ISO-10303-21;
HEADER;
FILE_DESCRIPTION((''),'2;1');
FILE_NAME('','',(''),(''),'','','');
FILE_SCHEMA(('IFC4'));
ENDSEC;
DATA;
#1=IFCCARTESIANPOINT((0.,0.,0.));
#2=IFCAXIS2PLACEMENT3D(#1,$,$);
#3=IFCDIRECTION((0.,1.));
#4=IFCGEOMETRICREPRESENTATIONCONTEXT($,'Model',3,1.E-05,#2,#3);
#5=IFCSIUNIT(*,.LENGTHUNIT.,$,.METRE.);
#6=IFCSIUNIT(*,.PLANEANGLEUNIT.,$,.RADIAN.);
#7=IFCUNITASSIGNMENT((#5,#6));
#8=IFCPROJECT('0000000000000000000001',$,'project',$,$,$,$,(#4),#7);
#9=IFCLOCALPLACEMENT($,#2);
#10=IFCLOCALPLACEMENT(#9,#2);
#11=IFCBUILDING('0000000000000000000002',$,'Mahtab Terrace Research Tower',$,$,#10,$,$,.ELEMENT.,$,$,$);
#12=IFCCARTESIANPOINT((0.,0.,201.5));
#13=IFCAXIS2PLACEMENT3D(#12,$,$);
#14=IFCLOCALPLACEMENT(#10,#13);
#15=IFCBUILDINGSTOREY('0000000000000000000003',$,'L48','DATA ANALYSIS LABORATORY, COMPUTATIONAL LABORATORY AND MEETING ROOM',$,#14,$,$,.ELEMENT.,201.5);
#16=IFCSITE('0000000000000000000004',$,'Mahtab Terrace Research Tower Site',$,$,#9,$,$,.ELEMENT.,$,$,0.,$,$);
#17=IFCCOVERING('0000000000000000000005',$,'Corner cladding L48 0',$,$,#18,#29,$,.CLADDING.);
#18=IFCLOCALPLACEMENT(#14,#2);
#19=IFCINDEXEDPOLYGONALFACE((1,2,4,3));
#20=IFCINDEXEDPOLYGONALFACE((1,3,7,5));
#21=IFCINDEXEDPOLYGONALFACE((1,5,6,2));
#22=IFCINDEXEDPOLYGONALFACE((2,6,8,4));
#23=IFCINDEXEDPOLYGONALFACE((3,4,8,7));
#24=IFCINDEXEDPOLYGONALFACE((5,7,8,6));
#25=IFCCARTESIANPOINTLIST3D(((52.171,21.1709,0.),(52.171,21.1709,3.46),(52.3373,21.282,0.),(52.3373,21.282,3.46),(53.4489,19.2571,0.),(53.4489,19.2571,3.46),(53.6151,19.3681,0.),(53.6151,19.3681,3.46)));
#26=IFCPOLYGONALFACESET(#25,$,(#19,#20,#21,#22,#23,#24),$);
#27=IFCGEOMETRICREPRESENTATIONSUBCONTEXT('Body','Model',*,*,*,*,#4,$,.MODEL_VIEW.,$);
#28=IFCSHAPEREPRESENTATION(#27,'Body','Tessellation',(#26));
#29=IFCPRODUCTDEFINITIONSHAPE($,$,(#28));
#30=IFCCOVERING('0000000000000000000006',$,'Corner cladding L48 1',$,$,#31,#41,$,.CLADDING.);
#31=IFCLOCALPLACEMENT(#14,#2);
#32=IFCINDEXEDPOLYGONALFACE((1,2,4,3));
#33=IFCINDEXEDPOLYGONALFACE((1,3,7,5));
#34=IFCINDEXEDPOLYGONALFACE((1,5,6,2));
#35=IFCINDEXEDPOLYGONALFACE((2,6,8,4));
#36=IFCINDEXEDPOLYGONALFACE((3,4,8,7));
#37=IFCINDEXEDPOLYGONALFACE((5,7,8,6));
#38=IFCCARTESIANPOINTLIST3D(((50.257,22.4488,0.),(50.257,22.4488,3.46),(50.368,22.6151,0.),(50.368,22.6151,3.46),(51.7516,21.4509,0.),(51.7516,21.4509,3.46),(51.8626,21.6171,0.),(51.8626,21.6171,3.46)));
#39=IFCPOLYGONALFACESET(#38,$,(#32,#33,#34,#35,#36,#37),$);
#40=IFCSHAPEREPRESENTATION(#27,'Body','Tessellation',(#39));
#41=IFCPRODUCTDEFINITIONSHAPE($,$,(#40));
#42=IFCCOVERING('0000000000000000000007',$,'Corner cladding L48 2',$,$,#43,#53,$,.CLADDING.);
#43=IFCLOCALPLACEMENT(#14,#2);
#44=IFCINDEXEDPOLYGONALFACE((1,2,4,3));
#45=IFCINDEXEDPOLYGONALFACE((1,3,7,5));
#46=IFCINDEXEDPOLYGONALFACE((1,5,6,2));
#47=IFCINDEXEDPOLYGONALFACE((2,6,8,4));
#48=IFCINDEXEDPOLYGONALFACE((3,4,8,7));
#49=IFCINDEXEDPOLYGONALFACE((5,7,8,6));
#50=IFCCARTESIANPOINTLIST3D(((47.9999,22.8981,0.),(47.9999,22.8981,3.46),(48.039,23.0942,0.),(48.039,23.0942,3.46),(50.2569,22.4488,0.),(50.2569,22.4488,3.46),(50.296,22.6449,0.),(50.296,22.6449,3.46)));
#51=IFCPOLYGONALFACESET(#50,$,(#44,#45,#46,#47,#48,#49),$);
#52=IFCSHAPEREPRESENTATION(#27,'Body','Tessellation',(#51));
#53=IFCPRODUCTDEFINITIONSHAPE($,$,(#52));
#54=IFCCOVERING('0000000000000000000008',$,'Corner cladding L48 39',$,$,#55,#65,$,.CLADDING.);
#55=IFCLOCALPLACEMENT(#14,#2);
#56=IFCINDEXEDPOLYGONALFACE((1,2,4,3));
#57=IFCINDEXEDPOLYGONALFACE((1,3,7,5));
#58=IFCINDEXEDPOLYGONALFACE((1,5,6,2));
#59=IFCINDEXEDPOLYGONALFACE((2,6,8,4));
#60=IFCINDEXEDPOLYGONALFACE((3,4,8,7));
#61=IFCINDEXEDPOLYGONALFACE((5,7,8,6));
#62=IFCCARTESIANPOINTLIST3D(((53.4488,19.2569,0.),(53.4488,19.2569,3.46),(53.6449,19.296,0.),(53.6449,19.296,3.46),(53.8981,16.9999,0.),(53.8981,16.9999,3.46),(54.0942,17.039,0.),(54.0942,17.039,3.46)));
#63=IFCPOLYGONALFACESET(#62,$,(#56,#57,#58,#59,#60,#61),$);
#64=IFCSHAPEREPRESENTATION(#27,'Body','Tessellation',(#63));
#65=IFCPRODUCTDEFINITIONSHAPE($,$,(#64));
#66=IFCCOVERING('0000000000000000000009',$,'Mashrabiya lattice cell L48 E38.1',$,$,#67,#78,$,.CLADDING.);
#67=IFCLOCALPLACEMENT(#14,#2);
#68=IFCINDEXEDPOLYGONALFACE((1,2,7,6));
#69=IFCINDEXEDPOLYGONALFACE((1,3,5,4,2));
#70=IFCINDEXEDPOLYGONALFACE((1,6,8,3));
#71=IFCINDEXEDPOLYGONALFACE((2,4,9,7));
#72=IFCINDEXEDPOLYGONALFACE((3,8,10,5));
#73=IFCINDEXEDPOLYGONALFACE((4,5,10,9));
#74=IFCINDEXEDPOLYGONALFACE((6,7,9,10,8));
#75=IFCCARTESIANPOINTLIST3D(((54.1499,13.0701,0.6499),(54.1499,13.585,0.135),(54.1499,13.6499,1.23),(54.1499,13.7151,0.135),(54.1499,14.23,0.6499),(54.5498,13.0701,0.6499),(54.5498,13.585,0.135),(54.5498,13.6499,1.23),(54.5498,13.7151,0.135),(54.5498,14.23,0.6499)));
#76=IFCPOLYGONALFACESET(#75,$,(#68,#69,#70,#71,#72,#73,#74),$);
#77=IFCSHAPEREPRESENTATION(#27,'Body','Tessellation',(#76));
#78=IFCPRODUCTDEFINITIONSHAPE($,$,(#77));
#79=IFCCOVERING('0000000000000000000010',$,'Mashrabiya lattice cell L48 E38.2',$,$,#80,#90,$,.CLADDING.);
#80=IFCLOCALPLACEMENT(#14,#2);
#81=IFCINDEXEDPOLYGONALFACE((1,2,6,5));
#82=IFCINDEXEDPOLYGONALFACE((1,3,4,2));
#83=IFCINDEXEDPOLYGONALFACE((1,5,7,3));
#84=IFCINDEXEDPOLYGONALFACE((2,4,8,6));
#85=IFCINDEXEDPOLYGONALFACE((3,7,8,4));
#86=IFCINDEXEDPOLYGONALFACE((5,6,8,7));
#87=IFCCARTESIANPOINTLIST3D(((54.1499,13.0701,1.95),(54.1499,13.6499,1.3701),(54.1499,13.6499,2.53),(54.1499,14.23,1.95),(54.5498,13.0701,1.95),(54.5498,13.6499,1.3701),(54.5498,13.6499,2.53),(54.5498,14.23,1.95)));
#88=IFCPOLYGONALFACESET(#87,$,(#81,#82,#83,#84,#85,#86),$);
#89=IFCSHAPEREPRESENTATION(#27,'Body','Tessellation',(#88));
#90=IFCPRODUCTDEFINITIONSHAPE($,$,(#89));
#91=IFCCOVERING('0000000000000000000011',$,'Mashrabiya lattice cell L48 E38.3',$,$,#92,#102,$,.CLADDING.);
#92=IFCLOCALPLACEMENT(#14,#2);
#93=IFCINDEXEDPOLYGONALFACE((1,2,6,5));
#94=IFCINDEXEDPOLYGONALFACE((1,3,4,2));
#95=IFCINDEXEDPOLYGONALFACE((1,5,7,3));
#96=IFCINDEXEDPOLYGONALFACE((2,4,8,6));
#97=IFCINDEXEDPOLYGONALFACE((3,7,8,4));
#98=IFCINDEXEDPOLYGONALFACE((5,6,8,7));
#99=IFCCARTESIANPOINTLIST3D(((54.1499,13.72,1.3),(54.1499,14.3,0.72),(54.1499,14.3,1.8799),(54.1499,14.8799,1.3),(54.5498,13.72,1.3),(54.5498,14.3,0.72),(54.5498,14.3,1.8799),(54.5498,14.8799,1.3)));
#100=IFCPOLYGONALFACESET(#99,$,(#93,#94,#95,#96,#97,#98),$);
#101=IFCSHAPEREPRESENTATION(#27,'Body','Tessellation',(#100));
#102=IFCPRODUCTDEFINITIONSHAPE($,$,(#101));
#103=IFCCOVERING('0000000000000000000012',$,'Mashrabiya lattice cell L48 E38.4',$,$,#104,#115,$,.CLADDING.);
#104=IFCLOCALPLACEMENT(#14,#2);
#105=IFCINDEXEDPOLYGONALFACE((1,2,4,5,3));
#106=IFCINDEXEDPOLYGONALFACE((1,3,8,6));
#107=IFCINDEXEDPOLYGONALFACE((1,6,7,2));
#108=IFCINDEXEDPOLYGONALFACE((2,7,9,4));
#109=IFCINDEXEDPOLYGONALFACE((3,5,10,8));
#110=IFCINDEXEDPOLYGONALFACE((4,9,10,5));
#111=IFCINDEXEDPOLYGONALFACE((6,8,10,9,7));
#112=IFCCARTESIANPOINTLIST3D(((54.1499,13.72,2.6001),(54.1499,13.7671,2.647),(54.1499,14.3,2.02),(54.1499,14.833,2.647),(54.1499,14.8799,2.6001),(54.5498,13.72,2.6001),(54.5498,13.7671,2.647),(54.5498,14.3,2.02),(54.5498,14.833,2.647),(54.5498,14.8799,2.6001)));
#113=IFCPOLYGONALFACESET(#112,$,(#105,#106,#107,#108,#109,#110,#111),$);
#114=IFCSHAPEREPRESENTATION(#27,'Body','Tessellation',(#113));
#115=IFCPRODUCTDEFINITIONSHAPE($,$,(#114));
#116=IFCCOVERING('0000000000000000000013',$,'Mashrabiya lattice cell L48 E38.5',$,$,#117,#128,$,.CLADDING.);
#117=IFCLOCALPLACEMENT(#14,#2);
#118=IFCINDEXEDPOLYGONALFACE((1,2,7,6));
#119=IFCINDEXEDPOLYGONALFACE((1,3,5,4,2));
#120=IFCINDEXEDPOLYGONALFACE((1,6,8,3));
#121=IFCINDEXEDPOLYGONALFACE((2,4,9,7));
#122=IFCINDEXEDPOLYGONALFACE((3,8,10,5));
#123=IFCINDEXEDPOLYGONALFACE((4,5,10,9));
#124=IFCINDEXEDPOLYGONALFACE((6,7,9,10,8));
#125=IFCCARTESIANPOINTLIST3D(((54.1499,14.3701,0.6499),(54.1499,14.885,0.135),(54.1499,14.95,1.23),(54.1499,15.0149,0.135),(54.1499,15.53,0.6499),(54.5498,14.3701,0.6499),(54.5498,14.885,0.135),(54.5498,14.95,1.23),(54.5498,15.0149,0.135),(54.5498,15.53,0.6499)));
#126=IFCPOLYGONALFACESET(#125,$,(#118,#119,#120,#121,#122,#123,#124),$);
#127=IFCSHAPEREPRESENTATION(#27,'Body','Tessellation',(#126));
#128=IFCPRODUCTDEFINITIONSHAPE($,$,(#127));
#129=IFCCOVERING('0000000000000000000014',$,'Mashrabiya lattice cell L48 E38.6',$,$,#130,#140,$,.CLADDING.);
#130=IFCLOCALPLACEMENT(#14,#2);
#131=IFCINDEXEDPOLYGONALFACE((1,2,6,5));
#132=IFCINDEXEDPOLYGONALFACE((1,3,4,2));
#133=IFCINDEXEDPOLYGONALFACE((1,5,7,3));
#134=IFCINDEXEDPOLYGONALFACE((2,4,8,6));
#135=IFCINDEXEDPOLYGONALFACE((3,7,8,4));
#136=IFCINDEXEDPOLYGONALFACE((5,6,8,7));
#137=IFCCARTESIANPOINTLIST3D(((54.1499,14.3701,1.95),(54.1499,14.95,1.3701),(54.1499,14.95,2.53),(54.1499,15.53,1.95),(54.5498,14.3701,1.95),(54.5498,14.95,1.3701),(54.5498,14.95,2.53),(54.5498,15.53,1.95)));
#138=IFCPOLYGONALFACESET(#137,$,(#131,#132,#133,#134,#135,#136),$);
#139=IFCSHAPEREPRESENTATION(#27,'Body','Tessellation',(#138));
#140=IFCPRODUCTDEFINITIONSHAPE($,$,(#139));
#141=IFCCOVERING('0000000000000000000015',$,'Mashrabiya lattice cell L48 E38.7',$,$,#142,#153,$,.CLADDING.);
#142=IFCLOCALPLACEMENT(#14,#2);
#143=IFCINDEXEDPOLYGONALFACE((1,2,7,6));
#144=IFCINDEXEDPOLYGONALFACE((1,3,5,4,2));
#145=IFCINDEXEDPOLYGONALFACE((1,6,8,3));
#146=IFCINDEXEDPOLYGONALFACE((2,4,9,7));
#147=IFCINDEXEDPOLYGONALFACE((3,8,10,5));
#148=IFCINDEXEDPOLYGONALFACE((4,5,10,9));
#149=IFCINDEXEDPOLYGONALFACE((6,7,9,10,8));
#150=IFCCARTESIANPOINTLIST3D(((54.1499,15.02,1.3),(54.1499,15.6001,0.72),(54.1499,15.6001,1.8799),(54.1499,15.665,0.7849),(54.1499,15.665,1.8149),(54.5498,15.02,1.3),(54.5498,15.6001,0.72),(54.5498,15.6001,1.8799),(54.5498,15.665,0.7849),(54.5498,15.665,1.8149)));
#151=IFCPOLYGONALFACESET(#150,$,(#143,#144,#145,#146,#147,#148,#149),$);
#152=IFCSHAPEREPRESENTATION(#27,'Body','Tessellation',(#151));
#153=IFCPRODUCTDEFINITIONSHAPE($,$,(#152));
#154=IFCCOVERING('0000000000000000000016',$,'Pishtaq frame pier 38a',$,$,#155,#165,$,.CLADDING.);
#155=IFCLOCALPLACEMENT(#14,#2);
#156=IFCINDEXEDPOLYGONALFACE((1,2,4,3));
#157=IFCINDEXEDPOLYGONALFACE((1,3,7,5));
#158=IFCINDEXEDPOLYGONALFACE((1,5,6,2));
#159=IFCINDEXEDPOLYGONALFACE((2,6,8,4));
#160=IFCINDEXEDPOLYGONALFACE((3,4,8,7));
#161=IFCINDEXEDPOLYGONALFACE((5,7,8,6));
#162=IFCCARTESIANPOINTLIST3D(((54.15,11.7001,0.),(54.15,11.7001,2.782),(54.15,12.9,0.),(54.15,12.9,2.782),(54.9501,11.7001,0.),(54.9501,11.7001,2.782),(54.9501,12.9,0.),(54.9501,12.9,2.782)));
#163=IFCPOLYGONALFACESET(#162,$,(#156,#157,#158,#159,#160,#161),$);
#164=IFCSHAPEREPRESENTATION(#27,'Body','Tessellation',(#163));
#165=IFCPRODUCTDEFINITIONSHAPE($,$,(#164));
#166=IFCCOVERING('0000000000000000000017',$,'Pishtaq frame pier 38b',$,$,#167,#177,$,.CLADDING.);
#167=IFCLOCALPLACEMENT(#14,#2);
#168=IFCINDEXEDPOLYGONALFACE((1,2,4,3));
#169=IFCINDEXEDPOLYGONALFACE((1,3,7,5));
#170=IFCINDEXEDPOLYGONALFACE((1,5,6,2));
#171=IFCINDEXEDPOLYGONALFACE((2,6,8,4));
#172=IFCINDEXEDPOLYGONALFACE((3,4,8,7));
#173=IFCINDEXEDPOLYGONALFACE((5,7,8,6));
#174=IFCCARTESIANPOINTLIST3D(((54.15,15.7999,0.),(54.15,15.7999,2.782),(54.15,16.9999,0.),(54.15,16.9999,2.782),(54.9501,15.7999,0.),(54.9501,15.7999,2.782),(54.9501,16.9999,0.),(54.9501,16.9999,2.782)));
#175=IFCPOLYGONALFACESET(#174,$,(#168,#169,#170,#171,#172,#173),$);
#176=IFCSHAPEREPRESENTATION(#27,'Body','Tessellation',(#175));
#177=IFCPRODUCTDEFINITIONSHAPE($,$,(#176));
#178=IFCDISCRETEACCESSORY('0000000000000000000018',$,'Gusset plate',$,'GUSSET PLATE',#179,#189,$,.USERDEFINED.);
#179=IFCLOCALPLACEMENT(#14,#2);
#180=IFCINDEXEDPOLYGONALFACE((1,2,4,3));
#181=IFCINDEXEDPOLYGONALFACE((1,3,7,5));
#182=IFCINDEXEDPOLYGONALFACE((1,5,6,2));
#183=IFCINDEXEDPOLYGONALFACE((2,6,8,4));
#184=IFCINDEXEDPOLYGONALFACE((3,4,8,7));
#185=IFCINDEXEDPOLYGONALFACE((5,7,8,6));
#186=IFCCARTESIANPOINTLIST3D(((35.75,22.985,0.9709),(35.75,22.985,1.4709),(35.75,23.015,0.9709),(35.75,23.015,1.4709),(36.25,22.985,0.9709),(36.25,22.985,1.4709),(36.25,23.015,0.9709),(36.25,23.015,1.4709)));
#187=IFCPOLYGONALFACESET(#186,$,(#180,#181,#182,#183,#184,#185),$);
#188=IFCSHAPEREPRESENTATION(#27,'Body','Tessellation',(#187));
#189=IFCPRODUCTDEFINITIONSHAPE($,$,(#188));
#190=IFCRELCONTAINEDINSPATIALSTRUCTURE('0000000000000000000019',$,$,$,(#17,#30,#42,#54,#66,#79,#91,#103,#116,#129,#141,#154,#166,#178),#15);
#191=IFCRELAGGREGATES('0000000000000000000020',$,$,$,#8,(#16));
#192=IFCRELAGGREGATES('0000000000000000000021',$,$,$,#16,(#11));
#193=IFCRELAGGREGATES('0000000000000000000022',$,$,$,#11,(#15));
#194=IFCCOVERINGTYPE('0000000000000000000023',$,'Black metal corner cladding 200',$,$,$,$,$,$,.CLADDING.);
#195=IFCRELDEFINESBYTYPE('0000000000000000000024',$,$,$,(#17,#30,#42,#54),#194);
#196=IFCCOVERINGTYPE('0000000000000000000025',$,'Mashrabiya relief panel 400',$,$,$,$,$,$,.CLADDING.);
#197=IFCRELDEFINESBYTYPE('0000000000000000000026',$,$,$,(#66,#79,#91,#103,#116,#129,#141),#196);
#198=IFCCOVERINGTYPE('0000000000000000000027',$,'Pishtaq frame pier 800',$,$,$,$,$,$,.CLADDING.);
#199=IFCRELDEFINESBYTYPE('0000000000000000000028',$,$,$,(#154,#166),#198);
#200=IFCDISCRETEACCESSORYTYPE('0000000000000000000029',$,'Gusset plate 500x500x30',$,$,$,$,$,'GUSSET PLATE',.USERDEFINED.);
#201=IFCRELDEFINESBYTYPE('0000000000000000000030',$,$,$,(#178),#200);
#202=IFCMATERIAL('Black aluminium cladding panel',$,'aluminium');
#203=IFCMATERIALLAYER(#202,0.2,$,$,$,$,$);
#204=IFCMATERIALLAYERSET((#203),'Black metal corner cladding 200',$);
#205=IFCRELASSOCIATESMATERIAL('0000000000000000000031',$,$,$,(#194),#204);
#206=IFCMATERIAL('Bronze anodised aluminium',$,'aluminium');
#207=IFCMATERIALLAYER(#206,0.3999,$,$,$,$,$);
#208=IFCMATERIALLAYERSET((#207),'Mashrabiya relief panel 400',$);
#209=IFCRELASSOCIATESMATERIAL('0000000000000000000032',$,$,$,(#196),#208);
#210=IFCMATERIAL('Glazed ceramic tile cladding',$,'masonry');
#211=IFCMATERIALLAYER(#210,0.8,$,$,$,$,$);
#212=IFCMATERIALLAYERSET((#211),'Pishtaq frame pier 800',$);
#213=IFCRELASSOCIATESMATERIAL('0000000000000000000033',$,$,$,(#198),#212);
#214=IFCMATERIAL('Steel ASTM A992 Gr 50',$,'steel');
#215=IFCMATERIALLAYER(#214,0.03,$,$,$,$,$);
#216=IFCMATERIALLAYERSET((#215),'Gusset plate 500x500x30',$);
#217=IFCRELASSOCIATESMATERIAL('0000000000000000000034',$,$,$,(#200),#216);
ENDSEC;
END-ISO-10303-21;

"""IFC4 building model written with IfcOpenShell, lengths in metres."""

from ifc_helpers import new_model, si_unit, direction, frame, origin, origin_2d, place, context, subcontext, project, spatial, polyline, rectangle, outline, extrude, material, layer, layer_set, type_object, element, save


model = new_model("IFC4")

# Units and contexts
model_context = context("Model", 3, precision=1e-05, world=origin(), true_north=direction((0.0, 1.0)))
body_context = subcontext(model_context, "Body", "Model", "MODEL_VIEW")
ifc_project = project(units=[si_unit("LENGTHUNIT", "METRE"), si_unit("PLANEANGLEUNIT", "RADIAN")], contexts=[model_context])

# Site, building, storey
site_placement = place(None, origin())
site = spatial("IfcSite", under=ifc_project, at=site_placement, Name="Mahtab Terrace Research Tower Site", CompositionType="ELEMENT", RefElevation=0.0)
building_placement = place(site_placement, origin())
building = spatial("IfcBuilding", under=site, at=building_placement, Name="Mahtab Terrace Research Tower", CompositionType="ELEMENT")
storey_placement = place(building_placement, frame((0.0, 0.0, 201.5)))
storey = spatial("IfcBuildingStorey", under=building, at=storey_placement, Name="L48", Description="DATA ANALYSIS LABORATORY, COMPUTATIONAL LABORATORY AND MEETING ROOM", CompositionType="ELEMENT", Elevation=201.5)

# Shared definitions
ifc_material_1 = material(Name="Steel ASTM A992 Gr 50", Category="steel")

# Shared definitions
ifc_material_2 = material(Name="Black aluminium cladding panel", Category="aluminium")

# Coverings
ifc_layer_1 = layer(ifc_material_2, 0.2)
ifc_layer_set_1 = layer_set([ifc_layer_1], Name="Black metal corner cladding 200")
covering_type_1 = type_object("IfcCoveringType", Name="Black metal corner cladding 200", PredefinedType="CLADDING", material=ifc_layer_set_1)
covering_1_placement = place(storey_placement, frame((52.8931, 20.2695, 0.0), z_axis=(0.0, 0.0, 1.0), x_axis=(-0.555291, 0.831656, 0.0)))
element("IfcCovering", 1, at=covering_1_placement, inside=storey, type_object=covering_type_1, Name="Corner cladding L48 0", PredefinedType="CLADDING", context=body_context, shape_type="SweptSolid", body=[
    extrude(rectangle(XDim=2.3013, YDim=0.2, at=origin_2d()), origin(), (0.0, 0.0, 1.0), 3.46),
])
covering_2_placement = place(storey_placement, frame((51.0598, 22.033, 0.0), z_axis=(0.0, 0.0, 1.0), x_axis=(-0.831656, 0.555291, 0.0)))
element("IfcCovering", 2, at=covering_2_placement, inside=storey, type_object=covering_type_1, Name="Corner cladding L48 1", PredefinedType="CLADDING", context=body_context, shape_type="SweptSolid", body=[
    extrude(rectangle(XDim=1.7971, YDim=0.2, at=origin_2d()), origin(), (0.0, 0.0, 1.0), 3.46),
])
for number, where, z_axis, x_axis, name in (
    (3, (49.1479, 22.7715, 0.0), (0.0, 0.0, 1.0), (-0.980761, 0.195212, 0.0), "Corner cladding L48 2"),
    (4, (53.7715, 18.1479, 0.0), (0.0, 0.0, 1.0), (-0.195212, 0.980761, 0.0), "Corner cladding L48 39"),
):
    element("IfcCovering", number, at=place(storey_placement, frame(where, z_axis=z_axis, x_axis=x_axis)), inside=storey, type_object=covering_type_1, Name=name, PredefinedType="CLADDING", context=body_context, shape_type="SweptSolid", body=[
        extrude(rectangle(XDim=2.3013, YDim=0.2, at=origin_2d()), origin(), (0.0, 0.0, 1.0), 3.46),
    ])
ifc_material_3 = material(Name="Bronze anodised aluminium", Category="aluminium")
ifc_layer_2 = layer(ifc_material_3, 0.3999)
ifc_layer_set_2 = layer_set([ifc_layer_2], Name="Mashrabiya relief panel 400")
covering_type_2 = type_object("IfcCoveringType", Name="Mashrabiya relief panel 400", PredefinedType="CLADDING", material=ifc_layer_set_2)
covering_3_placement = place(storey_placement, frame((54.1499, 13.0701, 0.6499), z_axis=(-1.0, 0.0, 0.0), x_axis=(0.0, 0.706958, 0.707256)))
element("IfcCovering", 5, at=covering_3_placement, inside=storey, type_object=covering_type_2, Name="Mashrabiya lattice cell L48 E38.1", PredefinedType="CLADDING", context=body_context, shape_type="SweptSolid", body=[
    extrude(outline(polyline([(0.0, 0.0), (0.8202, 0.0), (0.82, 0.8204), (0.0918, 0.8202), (-0.0002, 0.7282), (0.0, 0.0)])), origin(), (0.0, 0.0, -1.0), 0.3999),
])
covering_4_placement = place(storey_placement, frame((54.1499, 13.6499, 2.53), z_axis=(-1.0, 0.0, 0.0), x_axis=(0.0, 0.707107, -0.707107)))
element("IfcCovering", 6, at=covering_4_placement, inside=storey, type_object=covering_type_2, Name="Mashrabiya lattice cell L48 E38.2", PredefinedType="CLADDING", context=body_context, shape_type="SweptSolid", body=[
    extrude(outline(polyline([(0.0, 0.0), (0.8204, 0.0), (0.8202, 0.8202), (0.0002, 0.8202), (0.0, 0.0)])), origin(), (0.0, 0.0, -1.0), 0.3999),
])
covering_5_placement = place(storey_placement, frame((54.1499, 14.3, 1.8799), z_axis=(-1.0, 0.0, 0.0), x_axis=(0.0, 0.707107, -0.707107)))
element("IfcCovering", 7, at=covering_5_placement, inside=storey, type_object=covering_type_2, Name="Mashrabiya lattice cell L48 E38.3", PredefinedType="CLADDING", context=body_context, shape_type="SweptSolid", body=[
    extrude(outline(polyline([(0.0, 0.0), (0.82, 0.0), (0.8202, 0.8202), (-0.0002, 0.8202), (0.0, 0.0)])), origin(), (0.0, 0.0, -1.0), 0.3999),
])
covering_6_placement = place(storey_placement, frame((54.1499, 14.8799, 2.6001), z_axis=(-1.0, 0.0, 0.0), x_axis=(0.0, -0.706958, -0.707256)))
element("IfcCovering", 8, at=covering_6_placement, inside=storey, type_object=covering_type_2, Name="Mashrabiya lattice cell L48 E38.4", PredefinedType="CLADDING", context=body_context, shape_type="SweptSolid", body=[
    extrude(outline(polyline([(0.0, 0.0), (0.8202, 0.0), (0.82, 0.8204), (0.7535, 0.8202), (0.0, 0.0663), (0.0, 0.0)])), origin(), (0.0, 0.0, -1.0), 0.3999),
])
covering_7_placement = place(storey_placement, frame((54.1499, 14.3701, 0.6499), z_axis=(-1.0, 0.0, 0.0), x_axis=(0.0, 0.706958, 0.707256)))
element("IfcCovering", 9, at=covering_7_placement, inside=storey, type_object=covering_type_2, Name="Mashrabiya lattice cell L48 E38.5", PredefinedType="CLADDING", context=body_context, shape_type="SweptSolid", body=[
    extrude(outline(polyline([(0.0, 0.0), (0.8202, 0.0), (0.82, 0.8204), (0.0917, 0.82), (-0.0002, 0.7282), (0.0, 0.0)])), origin(), (0.0, 0.0, -1.0), 0.3999),
])
covering_8_placement = place(storey_placement, frame((54.1499, 14.95, 2.53), z_axis=(-1.0, 0.0, 0.0), x_axis=(0.0, 0.707107, -0.707107)))
element("IfcCovering", 10, at=covering_8_placement, inside=storey, type_object=covering_type_2, Name="Mashrabiya lattice cell L48 E38.6", PredefinedType="CLADDING", context=body_context, shape_type="SweptSolid", body=[
    extrude(outline(polyline([(0.0, 0.0), (0.8204, 0.0), (0.8202, 0.8202), (0.0002, 0.8202), (0.0, 0.0)])), origin(), (0.0, 0.0, -1.0), 0.3999),
])
covering_9_placement = place(storey_placement, frame((54.1499, 15.6001, 0.72), z_axis=(-1.0, 0.0, 0.0), x_axis=(0.0, -0.707107, 0.707107)))
element("IfcCovering", 11, at=covering_9_placement, inside=storey, type_object=covering_type_2, Name="Mashrabiya lattice cell L48 E38.7", PredefinedType="CLADDING", context=body_context, shape_type="SweptSolid", body=[
    extrude(outline(polyline([(0.0, 0.0), (0.8204, 0.0), (0.8202, 0.8202), (0.7283, 0.8202), (0.0, 0.0918), (0.0, 0.0)])), origin(), (0.0, 0.0, -1.0), 0.3999),
])
ifc_material_4 = material(Name="Glazed ceramic tile cladding", Category="masonry")
ifc_layer_3 = layer(ifc_material_4, 0.8)
ifc_layer_set_3 = layer_set([ifc_layer_3], Name="Pishtaq frame pier 800")
covering_type_3 = type_object("IfcCoveringType", Name="Pishtaq frame pier 800", PredefinedType="CLADDING", material=ifc_layer_set_3)
for number, where, z_axis, x_axis, name in (
    (12, (54.55, 12.3, 0.0), (0.0, 0.0, 1.0), (0.0, 1.0, 0.0), "Pishtaq frame pier 38a"),
    (13, (54.55, 16.3999, 0.0), (0.0, 0.0, 1.0), (0.0, 1.0, 0.0), "Pishtaq frame pier 38b"),
):
    element("IfcCovering", number, at=place(storey_placement, frame(where, z_axis=z_axis, x_axis=x_axis)), inside=storey, type_object=covering_type_3, Name=name, PredefinedType="CLADDING", context=body_context, shape_type="SweptSolid", body=[
        extrude(rectangle(XDim=1.2, YDim=0.8, at=origin_2d()), origin(), (0.0, 0.0, 1.0), 2.782),
    ])

# Discrete accessory
ifc_layer_4 = layer(ifc_material_1, 0.03)
ifc_layer_set_4 = layer_set([ifc_layer_4], Name="Gusset plate 500x500x30")
discrete_accessory_type = type_object("IfcDiscreteAccessoryType", Name="Gusset plate 500x500x30", ElementType="GUSSET PLATE", PredefinedType="USERDEFINED", material=ifc_layer_set_4)
for number, where, z_axis, x_axis, name in (
    (14, (36.0, 23.0, 0.9709), (0.0, 0.0, 1.0), (1.0, 0.0, 0.0), "Gusset plate"),
):
    element("IfcDiscreteAccessory", number, at=place(storey_placement, frame(where, z_axis=z_axis, x_axis=x_axis)), inside=storey, type_object=discrete_accessory_type, Name=name, ObjectType="GUSSET PLATE", PredefinedType="USERDEFINED", context=body_context, shape_type="SweptSolid", body=[
        extrude(rectangle(XDim=0.5, YDim=0.03, at=origin_2d()), origin(), (0.0, 0.0, 1.0), 0.5),
    ])

save(model, "model.ifc")
